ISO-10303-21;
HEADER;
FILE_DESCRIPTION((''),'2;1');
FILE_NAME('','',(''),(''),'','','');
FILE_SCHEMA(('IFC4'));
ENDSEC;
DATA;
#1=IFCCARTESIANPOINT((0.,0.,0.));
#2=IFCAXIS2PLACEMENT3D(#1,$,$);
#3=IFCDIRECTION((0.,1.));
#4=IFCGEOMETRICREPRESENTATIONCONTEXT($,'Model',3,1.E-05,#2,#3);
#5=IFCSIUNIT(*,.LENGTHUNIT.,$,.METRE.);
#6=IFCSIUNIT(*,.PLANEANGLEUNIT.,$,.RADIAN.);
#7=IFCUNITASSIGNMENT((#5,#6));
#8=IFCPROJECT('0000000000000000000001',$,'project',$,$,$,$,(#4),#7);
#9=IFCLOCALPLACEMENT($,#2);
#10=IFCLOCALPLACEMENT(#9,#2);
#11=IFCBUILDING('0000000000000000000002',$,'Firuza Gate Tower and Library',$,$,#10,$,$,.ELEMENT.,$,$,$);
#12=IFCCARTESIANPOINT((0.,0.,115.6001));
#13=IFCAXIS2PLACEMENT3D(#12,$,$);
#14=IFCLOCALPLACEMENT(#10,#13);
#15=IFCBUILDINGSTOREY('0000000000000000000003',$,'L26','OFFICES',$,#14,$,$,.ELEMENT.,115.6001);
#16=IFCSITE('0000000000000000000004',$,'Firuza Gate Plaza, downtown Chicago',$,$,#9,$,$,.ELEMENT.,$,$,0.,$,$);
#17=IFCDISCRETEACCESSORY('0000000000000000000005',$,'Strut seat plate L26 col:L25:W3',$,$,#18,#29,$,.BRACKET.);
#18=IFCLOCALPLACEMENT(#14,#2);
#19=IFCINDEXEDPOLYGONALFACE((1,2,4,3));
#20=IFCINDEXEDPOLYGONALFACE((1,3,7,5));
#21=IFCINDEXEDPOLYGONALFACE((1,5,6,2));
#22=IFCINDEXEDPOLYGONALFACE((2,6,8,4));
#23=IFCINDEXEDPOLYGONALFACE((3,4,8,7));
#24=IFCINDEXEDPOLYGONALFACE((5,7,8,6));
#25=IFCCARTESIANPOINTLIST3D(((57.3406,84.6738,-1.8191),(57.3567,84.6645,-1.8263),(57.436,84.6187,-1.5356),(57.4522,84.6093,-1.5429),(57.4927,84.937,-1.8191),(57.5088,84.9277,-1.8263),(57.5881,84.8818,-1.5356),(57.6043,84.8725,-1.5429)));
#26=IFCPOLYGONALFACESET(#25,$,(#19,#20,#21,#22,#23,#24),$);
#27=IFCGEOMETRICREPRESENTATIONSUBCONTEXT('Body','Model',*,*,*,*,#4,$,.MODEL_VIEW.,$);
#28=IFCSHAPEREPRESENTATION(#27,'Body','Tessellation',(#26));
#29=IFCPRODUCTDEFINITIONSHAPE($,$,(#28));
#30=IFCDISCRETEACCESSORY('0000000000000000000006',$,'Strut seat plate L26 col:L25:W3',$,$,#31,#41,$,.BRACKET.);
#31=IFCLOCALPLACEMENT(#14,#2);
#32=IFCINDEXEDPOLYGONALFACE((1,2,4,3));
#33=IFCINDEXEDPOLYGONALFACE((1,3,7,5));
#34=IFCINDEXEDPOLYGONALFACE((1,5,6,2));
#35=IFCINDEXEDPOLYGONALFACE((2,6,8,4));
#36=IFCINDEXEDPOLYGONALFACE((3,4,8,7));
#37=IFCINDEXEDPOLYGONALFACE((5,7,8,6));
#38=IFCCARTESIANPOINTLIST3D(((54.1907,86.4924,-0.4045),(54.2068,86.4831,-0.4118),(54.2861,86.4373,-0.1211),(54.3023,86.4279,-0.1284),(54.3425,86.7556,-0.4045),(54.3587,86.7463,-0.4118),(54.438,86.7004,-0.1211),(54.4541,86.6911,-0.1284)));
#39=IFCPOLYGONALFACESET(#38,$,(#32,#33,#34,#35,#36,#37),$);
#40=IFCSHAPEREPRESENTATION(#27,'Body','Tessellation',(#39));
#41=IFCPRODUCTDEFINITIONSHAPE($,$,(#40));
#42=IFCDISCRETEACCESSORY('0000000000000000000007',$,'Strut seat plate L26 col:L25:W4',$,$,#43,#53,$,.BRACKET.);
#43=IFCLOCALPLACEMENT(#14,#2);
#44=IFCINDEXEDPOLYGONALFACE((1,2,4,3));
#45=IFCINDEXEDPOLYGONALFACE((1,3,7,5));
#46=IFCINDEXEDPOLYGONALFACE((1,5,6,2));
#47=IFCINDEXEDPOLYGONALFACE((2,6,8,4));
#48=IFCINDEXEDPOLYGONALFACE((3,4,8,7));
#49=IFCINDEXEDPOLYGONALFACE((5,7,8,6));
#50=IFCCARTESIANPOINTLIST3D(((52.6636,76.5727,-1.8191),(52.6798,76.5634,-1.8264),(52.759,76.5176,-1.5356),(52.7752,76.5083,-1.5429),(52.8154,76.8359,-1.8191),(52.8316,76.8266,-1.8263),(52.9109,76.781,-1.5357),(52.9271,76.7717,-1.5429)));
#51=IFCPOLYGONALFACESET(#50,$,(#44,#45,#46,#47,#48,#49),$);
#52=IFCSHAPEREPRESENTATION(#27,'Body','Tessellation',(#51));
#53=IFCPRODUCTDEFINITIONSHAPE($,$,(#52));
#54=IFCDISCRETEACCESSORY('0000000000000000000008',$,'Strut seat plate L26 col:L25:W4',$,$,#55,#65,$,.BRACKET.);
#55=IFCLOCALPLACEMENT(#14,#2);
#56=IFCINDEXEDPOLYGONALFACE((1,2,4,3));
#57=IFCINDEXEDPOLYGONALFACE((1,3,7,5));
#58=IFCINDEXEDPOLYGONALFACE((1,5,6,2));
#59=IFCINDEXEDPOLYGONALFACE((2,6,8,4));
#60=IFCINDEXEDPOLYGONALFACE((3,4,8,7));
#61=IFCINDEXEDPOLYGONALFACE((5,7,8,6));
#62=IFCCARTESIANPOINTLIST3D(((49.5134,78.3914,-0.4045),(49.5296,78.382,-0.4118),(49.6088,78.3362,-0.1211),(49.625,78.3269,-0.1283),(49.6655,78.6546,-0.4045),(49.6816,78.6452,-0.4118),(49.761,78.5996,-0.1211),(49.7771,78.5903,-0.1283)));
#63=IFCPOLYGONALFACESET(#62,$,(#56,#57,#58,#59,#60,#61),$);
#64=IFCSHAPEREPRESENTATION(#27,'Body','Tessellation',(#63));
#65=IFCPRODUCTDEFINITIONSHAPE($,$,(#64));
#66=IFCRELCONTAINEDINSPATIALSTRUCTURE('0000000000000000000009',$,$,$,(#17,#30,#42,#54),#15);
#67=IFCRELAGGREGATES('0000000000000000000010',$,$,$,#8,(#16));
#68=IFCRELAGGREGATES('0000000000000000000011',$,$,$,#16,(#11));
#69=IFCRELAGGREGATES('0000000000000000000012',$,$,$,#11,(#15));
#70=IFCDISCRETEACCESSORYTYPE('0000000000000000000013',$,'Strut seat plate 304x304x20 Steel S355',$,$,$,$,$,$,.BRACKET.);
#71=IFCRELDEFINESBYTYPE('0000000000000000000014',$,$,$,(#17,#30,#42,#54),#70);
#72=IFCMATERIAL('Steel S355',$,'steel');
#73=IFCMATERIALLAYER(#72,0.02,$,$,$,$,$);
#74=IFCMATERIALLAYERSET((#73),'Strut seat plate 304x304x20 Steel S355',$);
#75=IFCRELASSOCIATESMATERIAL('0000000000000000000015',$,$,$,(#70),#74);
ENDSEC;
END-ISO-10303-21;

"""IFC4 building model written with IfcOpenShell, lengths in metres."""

from ifc_helpers import new_model, si_unit, direction, frame, origin, place, context, subcontext, project, spatial, polyline, outline, extrude, material, layer, layer_set, type_object, element, save


model = new_model("IFC4")

# Units and contexts
model_context = context("Model", 3, precision=1e-05, world=origin(), true_north=direction((0.0, 1.0)))
body_context = subcontext(model_context, "Body", "Model", "MODEL_VIEW")
ifc_project = project(units=[si_unit("LENGTHUNIT", "METRE"), si_unit("PLANEANGLEUNIT", "RADIAN")], contexts=[model_context])

# Site, building, storey
site_placement = place(None, origin())
site = spatial("IfcSite", under=ifc_project, at=site_placement, Name="Firuza Gate Plaza, downtown Chicago", CompositionType="ELEMENT", RefElevation=0.0)
building_placement = place(site_placement, origin())
building = spatial("IfcBuilding", under=site, at=building_placement, Name="Firuza Gate Tower and Library", CompositionType="ELEMENT")
storey_placement = place(building_placement, frame((0.0, 0.0, 115.6001)))
storey = spatial("IfcBuildingStorey", under=building, at=storey_placement, Name="L26", Description="OFFICES", CompositionType="ELEMENT", Elevation=115.6001)

# Discrete accessories
ifc_material_1 = material(Name="Steel S355", Category="steel")
ifc_layer_1 = layer(ifc_material_1, 0.02)
ifc_layer_set_1 = layer_set([ifc_layer_1], Name="Strut seat plate 304x304x20 Steel S355")
discrete_accessory_type = type_object("IfcDiscreteAccessoryType", Name="Strut seat plate 304x304x20 Steel S355", PredefinedType="BRACKET", material=ifc_layer_set_1)
discrete_accessory_1_placement = place(storey_placement, frame((57.436, 84.6187, -1.5356), z_axis=(-0.806913, 0.466333, 0.362527), x_axis=(0.500371, 0.865811, 0.0)))
element("IfcDiscreteAccessory", 1, at=discrete_accessory_1_placement, inside=storey, type_object=discrete_accessory_type, Name="Strut seat plate L26 col:L25:W3", PredefinedType="BRACKET", context=body_context, shape_type="SweptSolid", body=[
    extrude(outline(polyline([(0.0, 0.0), (0.304, 0.0), (0.304, 0.3041), (0.0, 0.3041), (0.0, 0.0)])), origin(), (0.0, 0.0, -1.0), 0.02),
])
discrete_accessory_2_placement = place(storey_placement, frame((54.438, 86.7004, -0.1211), z_axis=(-0.807237, 0.465771, 0.362527), x_axis=(-0.499769, -0.866159, 0.0)))
element("IfcDiscreteAccessory", 2, at=discrete_accessory_2_placement, inside=storey, type_object=discrete_accessory_type, Name="Strut seat plate L26 col:L25:W3", PredefinedType="BRACKET", context=body_context, shape_type="SweptSolid", body=[
    extrude(outline(polyline([(0.0, 0.0), (0.3039, 0.0), (0.3038, -0.3041), (-0.0001, -0.3041), (0.0, 0.0)])), origin(), (0.0, 0.0, -1.0), 0.02),
])
discrete_accessory_3_placement = place(storey_placement, frame((52.759, 76.5176, -1.5356), z_axis=(-0.807389, 0.465643, 0.362353), x_axis=(0.499572, 0.866272, -0.000068)))
element("IfcDiscreteAccessory", 3, at=discrete_accessory_3_placement, inside=storey, type_object=discrete_accessory_type, Name="Strut seat plate L26 col:L25:W4", PredefinedType="BRACKET", context=body_context, shape_type="SweptSolid", body=[
    extrude(outline(polyline([(0.0, 0.0), (0.3041, 0.0), (0.304, 0.3041), (0.0001, 0.3041), (0.0, 0.0)])), origin(), (0.0, 0.0, -1.0), 0.02),
])
discrete_accessory_4_placement = place(storey_placement, frame((49.761, 78.5996, -0.1211), z_axis=(-0.807065, 0.466204, 0.362353), x_axis=(-0.500175, -0.865925, 0.000068)))
element("IfcDiscreteAccessory", 4, at=discrete_accessory_4_placement, inside=storey, type_object=discrete_accessory_type, Name="Strut seat plate L26 col:L25:W4", PredefinedType="BRACKET", context=body_context, shape_type="SweptSolid", body=[
    extrude(outline(polyline([(0.0, 0.0), (0.3042, 0.0), (0.3041, -0.3041), (0.0002, -0.3041), (0.0, 0.0)])), origin(), (0.0, 0.0, -1.0), 0.02),
])

save(model, "model.ifc")
